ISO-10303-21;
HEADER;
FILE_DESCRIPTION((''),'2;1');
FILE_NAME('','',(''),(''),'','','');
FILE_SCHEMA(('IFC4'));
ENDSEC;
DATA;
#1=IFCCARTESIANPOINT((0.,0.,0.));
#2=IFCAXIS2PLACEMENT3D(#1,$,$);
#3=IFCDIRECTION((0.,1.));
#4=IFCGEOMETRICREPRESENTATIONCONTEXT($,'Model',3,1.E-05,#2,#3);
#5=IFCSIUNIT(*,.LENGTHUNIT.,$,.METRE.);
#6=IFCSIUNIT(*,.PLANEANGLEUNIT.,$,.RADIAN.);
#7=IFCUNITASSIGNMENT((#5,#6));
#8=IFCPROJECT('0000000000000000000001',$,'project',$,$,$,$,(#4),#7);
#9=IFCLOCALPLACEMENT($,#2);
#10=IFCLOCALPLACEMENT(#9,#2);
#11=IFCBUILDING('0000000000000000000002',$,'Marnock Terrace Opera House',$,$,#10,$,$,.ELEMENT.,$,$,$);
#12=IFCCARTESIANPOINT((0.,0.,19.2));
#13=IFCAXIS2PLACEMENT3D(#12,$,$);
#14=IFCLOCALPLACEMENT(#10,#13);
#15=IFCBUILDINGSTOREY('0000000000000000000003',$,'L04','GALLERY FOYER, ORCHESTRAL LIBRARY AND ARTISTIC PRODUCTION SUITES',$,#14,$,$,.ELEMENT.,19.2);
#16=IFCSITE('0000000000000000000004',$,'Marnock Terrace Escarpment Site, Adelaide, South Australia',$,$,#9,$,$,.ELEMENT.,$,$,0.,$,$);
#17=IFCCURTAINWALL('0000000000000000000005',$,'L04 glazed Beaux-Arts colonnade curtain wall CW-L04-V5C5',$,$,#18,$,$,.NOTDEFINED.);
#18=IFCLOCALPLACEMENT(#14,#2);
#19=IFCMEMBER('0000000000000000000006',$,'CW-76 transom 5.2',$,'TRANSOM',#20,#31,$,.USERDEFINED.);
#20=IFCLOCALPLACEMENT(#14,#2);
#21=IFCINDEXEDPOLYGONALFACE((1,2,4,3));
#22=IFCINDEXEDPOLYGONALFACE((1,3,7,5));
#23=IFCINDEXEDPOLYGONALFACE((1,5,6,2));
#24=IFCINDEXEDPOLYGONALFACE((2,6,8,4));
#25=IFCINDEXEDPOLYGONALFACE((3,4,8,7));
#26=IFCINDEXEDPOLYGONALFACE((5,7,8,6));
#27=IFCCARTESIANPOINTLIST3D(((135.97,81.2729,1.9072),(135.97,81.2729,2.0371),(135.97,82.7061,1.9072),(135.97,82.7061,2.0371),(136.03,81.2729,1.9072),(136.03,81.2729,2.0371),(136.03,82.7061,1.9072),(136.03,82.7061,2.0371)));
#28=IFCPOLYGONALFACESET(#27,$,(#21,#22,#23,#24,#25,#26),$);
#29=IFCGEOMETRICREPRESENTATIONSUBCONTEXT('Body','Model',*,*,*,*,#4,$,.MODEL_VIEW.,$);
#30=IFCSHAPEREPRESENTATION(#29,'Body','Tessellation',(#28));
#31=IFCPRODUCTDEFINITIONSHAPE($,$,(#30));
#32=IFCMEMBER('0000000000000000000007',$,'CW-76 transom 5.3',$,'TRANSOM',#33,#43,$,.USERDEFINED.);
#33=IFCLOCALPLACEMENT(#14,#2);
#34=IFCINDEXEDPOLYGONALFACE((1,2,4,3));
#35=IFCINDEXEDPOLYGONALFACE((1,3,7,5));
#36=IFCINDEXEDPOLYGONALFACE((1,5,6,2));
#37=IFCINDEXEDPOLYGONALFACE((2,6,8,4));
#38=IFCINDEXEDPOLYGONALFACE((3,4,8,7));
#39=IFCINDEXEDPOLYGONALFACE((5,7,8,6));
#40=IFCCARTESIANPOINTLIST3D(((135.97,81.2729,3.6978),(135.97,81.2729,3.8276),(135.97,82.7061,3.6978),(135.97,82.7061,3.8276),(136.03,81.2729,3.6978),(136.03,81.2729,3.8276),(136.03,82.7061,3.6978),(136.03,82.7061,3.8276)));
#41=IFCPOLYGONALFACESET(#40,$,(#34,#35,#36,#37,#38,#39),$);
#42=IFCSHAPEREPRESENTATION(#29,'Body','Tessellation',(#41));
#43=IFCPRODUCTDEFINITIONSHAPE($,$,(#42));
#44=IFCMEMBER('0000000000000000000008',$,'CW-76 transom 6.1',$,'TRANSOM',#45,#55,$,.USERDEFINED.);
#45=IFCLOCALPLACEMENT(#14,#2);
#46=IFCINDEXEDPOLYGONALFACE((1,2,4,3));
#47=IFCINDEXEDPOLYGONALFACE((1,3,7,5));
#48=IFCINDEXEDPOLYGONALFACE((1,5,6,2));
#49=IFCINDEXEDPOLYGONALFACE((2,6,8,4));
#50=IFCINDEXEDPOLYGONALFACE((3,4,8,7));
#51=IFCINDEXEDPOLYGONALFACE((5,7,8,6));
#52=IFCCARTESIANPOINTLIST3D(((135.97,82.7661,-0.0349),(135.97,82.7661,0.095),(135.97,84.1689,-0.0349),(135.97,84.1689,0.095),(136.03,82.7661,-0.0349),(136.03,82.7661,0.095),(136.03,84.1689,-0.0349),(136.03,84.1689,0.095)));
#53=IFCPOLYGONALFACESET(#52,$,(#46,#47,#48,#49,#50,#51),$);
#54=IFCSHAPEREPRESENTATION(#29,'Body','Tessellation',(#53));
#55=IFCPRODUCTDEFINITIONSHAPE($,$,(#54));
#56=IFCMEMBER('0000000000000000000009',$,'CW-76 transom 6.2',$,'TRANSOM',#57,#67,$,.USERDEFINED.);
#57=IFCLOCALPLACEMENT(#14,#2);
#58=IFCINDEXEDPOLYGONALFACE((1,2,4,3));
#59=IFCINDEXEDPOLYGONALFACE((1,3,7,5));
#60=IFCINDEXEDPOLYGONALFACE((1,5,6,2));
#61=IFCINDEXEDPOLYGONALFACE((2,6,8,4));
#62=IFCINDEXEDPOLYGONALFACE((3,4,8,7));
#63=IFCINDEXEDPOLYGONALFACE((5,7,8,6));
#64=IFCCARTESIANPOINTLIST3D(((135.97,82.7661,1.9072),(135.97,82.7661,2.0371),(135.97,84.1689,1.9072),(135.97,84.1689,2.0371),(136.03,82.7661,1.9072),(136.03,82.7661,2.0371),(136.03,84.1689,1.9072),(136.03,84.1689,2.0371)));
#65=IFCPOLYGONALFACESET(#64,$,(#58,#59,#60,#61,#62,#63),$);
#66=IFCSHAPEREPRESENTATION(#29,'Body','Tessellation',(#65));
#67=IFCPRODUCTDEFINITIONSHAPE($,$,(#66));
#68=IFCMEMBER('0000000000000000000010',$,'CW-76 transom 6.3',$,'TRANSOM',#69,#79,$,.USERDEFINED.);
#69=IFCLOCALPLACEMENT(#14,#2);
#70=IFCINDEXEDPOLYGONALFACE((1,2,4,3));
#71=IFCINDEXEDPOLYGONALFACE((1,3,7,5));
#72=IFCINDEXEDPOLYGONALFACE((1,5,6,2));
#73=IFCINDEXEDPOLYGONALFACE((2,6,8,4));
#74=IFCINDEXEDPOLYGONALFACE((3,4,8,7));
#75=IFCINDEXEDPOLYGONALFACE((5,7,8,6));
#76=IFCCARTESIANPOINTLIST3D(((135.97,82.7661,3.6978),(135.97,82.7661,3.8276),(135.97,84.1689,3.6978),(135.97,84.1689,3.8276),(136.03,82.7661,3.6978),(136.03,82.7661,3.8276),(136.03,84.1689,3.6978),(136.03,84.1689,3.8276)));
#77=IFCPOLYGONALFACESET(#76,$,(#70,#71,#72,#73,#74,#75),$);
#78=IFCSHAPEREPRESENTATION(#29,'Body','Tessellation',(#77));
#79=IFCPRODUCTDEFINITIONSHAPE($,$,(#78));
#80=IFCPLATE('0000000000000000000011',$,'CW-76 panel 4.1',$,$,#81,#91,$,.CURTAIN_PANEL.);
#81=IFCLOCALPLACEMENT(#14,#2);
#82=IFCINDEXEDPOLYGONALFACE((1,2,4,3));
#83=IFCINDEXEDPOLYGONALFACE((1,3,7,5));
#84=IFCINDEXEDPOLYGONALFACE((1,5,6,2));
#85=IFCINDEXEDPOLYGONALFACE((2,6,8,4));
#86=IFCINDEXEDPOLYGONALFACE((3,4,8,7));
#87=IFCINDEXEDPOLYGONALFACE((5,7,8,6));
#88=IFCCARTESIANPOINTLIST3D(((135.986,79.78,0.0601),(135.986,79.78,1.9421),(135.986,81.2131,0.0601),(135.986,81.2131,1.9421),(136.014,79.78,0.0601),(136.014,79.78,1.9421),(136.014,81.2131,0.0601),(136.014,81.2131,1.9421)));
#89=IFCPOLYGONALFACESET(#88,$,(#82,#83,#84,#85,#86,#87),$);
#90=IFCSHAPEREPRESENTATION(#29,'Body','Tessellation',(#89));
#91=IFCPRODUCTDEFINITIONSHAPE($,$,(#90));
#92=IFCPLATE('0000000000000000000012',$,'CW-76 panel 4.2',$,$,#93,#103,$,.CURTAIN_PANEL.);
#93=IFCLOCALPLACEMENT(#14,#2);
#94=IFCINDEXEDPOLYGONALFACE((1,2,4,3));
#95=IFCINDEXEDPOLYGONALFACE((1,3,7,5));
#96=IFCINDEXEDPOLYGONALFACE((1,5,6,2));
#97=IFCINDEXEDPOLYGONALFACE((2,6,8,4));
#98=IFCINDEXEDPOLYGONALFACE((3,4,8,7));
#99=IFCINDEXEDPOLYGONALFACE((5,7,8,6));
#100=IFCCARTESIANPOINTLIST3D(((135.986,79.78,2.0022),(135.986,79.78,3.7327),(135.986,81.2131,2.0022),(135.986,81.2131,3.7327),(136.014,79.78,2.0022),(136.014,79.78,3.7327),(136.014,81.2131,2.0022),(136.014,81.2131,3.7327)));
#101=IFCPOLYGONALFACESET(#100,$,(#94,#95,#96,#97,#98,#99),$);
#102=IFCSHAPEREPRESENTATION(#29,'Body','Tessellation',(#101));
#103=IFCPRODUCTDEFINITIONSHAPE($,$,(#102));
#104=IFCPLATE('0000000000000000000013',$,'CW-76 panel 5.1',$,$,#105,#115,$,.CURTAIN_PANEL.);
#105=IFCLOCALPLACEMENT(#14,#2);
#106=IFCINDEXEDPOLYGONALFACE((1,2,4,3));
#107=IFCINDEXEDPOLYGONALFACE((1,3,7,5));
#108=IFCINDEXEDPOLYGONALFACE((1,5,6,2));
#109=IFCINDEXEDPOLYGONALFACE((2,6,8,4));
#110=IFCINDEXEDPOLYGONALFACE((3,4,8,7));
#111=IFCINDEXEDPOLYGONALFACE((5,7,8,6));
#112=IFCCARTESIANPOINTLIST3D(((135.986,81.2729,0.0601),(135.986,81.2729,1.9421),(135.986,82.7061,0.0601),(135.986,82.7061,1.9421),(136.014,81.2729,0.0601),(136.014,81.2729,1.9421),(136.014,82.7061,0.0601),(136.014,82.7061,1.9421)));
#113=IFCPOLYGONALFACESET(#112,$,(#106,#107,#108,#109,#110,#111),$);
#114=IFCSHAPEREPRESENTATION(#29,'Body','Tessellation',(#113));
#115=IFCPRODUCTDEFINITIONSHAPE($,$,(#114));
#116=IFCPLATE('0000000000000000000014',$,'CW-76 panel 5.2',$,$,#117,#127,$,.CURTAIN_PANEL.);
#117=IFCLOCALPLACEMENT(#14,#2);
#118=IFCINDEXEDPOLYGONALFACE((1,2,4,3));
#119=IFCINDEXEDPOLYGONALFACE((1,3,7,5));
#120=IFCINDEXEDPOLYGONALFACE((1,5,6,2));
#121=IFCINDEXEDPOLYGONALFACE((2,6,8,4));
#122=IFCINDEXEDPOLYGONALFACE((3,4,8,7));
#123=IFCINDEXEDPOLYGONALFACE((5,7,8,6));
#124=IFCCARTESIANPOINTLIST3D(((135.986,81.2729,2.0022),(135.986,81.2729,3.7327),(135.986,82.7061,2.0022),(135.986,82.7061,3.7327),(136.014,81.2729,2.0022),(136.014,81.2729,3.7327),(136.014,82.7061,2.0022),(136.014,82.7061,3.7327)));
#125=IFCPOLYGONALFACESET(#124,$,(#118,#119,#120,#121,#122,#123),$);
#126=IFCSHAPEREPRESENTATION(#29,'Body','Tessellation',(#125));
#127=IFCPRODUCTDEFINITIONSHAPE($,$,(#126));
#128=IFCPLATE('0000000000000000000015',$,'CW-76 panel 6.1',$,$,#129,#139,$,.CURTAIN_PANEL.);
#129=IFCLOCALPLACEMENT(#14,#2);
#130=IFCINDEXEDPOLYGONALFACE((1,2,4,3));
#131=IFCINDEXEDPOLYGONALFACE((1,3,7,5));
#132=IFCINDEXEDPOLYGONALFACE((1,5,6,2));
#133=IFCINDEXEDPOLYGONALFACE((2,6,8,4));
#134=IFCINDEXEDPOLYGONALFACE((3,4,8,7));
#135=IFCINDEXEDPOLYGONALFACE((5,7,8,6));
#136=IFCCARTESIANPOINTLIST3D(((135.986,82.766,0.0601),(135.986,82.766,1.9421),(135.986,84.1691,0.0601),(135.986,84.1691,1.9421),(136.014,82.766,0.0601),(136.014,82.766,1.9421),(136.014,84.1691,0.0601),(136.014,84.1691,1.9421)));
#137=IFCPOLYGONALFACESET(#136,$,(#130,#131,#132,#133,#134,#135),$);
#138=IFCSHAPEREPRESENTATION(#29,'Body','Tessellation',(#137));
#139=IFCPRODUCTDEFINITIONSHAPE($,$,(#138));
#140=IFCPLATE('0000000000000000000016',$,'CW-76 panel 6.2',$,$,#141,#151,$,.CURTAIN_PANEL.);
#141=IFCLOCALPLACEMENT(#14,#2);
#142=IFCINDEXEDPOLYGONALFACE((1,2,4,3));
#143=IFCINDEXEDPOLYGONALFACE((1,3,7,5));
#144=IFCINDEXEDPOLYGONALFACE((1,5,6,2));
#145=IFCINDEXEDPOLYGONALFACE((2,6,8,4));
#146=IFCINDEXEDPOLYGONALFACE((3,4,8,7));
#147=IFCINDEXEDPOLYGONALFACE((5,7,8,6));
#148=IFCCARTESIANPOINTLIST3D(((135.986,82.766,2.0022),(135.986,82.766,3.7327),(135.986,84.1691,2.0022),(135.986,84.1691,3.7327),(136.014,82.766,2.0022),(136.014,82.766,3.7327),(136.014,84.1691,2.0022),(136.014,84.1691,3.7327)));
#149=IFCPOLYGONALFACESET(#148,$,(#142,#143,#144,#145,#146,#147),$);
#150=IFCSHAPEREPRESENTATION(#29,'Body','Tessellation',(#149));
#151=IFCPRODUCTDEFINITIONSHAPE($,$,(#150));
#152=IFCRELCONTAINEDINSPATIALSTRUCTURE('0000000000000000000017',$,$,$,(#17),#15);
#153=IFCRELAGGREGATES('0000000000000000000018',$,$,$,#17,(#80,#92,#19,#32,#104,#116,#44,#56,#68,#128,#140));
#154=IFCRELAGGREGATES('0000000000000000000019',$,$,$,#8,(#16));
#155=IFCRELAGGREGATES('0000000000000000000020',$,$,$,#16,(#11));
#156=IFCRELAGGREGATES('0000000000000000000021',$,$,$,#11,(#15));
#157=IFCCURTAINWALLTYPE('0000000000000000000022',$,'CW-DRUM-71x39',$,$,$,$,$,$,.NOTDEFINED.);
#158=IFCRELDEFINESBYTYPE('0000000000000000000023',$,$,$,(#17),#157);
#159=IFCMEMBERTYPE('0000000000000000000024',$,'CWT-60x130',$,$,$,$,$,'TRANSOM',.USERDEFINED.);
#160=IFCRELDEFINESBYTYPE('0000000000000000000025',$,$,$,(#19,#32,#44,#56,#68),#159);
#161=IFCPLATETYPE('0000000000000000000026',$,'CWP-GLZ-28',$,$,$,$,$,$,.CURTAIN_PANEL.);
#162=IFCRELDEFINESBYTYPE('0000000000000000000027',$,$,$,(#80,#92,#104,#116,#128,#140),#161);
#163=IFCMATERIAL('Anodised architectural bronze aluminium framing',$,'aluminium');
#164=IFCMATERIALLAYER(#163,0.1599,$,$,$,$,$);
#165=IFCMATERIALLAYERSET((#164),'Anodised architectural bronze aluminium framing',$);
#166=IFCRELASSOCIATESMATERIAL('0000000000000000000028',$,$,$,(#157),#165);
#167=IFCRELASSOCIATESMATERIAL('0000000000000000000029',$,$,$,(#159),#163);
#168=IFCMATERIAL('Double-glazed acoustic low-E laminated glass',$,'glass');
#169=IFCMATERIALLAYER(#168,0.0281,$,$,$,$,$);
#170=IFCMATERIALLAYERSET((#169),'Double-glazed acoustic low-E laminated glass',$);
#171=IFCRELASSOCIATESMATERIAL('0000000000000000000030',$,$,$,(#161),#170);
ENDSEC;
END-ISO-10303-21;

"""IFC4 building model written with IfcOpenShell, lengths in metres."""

from ifc_helpers import new_model, si_unit, direction, frame, origin, origin_2d, place, context, subcontext, project, spatial, rectangle, extrude, material, layer, layer_set, material_profile, profile_set, type_object, element, aggregate, save


model = new_model("IFC4")

# Units and contexts
model_context = context("Model", 3, precision=1e-05, world=origin(), true_north=direction((0.0, 1.0)))
body_context = subcontext(model_context, "Body", "Model", "MODEL_VIEW")
ifc_project = project(units=[si_unit("LENGTHUNIT", "METRE"), si_unit("PLANEANGLEUNIT", "RADIAN")], contexts=[model_context])

# Site, building, storey
site_placement = place(None, origin())
site = spatial("IfcSite", under=ifc_project, at=site_placement, Name="Marnock Terrace Escarpment Site, Adelaide, South Australia", CompositionType="ELEMENT", RefElevation=0.0)
building_placement = place(site_placement, origin())
building = spatial("IfcBuilding", under=site, at=building_placement, Name="Marnock Terrace Opera House", CompositionType="ELEMENT")
storey_placement = place(building_placement, frame((0.0, 0.0, 19.2)))
storey = spatial("IfcBuildingStorey", under=building, at=storey_placement, Name="L04", Description="GALLERY FOYER, ORCHESTRAL LIBRARY AND ARTISTIC PRODUCTION SUITES", CompositionType="ELEMENT", Elevation=19.2)

# Curtain wall, members, plates
ifc_material_1 = material(Name="Anodised architectural bronze aluminium framing", Category="aluminium")
ifc_layer_1 = layer(ifc_material_1, 0.1599)
ifc_layer_set_1 = layer_set([ifc_layer_1], Name="Anodised architectural bronze aluminium framing")
curtain_wall_type = type_object("IfcCurtainWallType", Name="CW-DRUM-71x39", PredefinedType="NOTDEFINED", material=ifc_layer_set_1)
curtain_wall_placement = place(storey_placement, origin())
curtain_wall = element("IfcCurtainWall", 1, at=curtain_wall_placement, inside=storey, type_object=curtain_wall_type, Name="L04 glazed Beaux-Arts colonnade curtain wall CW-L04-V5C5", PredefinedType="NOTDEFINED")
ifc_material_profile_1 = material_profile(ifc_material_1, rectangle(XDim=0.0601, YDim=0.1299, at=origin_2d()))
ifc_profile_set_1 = profile_set([ifc_material_profile_1], Name="Anodised architectural bronze aluminium framing")
member_type_1 = type_object("IfcMemberType", Name="CWT-60x130", ElementType="TRANSOM", PredefinedType="USERDEFINED", material=ifc_profile_set_1)
member_1_placement = place(storey_placement, frame((136.0, 81.2729, 1.9722), z_axis=(0.0, 1.0, 0.0), x_axis=(-1.0, 0.0, 0.0)))
member_1 = element("IfcMember", 2, at=member_1_placement, type_object=member_type_1, Name="CW-76 transom 5.2", ObjectType="TRANSOM", PredefinedType="USERDEFINED", context=body_context, shape_type="SweptSolid", body=[
    extrude(rectangle(XDim=0.0601, YDim=0.1299, at=origin_2d()), origin(), (0.0, 0.0, 1.0), 1.4331),
])
member_2_placement = place(storey_placement, frame((136.0, 81.2729, 3.7627), z_axis=(0.0, 1.0, 0.0), x_axis=(-1.0, 0.0, 0.0)))
member_2 = element("IfcMember", 3, at=member_2_placement, type_object=member_type_1, Name="CW-76 transom 5.3", ObjectType="TRANSOM", PredefinedType="USERDEFINED", context=body_context, shape_type="SweptSolid", body=[
    extrude(rectangle(XDim=0.0601, YDim=0.1299, at=origin_2d()), origin(), (0.0, 0.0, 1.0), 1.4331),
])
member_3_placement = place(storey_placement, frame((136.0, 82.7661, 0.03), z_axis=(0.0, 1.0, 0.0), x_axis=(-1.0, 0.0, 0.0)))
member_3 = element("IfcMember", 4, at=member_3_placement, type_object=member_type_1, Name="CW-76 transom 6.1", ObjectType="TRANSOM", PredefinedType="USERDEFINED", context=body_context, shape_type="SweptSolid", body=[
    extrude(rectangle(XDim=0.0601, YDim=0.1299, at=origin_2d()), origin(), (0.0, 0.0, 1.0), 1.4028),
])
member_4_placement = place(storey_placement, frame((136.0, 82.7661, 1.9722), z_axis=(0.0, 1.0, 0.0), x_axis=(-1.0, 0.0, 0.0)))
member_4 = element("IfcMember", 5, at=member_4_placement, type_object=member_type_1, Name="CW-76 transom 6.2", ObjectType="TRANSOM", PredefinedType="USERDEFINED", context=body_context, shape_type="SweptSolid", body=[
    extrude(rectangle(XDim=0.0601, YDim=0.1299, at=origin_2d()), origin(), (0.0, 0.0, 1.0), 1.4028),
])
member_5_placement = place(storey_placement, frame((136.0, 82.7661, 3.7627), z_axis=(0.0, 1.0, 0.0), x_axis=(-1.0, 0.0, 0.0)))
member_5 = element("IfcMember", 6, at=member_5_placement, type_object=member_type_1, Name="CW-76 transom 6.3", ObjectType="TRANSOM", PredefinedType="USERDEFINED", context=body_context, shape_type="SweptSolid", body=[
    extrude(rectangle(XDim=0.0601, YDim=0.1299, at=origin_2d()), origin(), (0.0, 0.0, 1.0), 1.4028),
])
ifc_material_2 = material(Name="Double-glazed acoustic low-E laminated glass", Category="glass")
ifc_layer_2 = layer(ifc_material_2, 0.0281)
ifc_layer_set_2 = layer_set([ifc_layer_2], Name="Double-glazed acoustic low-E laminated glass")
plate_type = type_object("IfcPlateType", Name="CWP-GLZ-28", PredefinedType="CURTAIN_PANEL", material=ifc_layer_set_2)
plate_1_placement = place(storey_placement, frame((136.0, 80.4966, 0.0601), z_axis=(0.0, 0.0, 1.0), x_axis=(0.0, 1.0, 0.0)))
plate_1 = element("IfcPlate", 7, at=plate_1_placement, type_object=plate_type, Name="CW-76 panel 4.1", PredefinedType="CURTAIN_PANEL", context=body_context, shape_type="SweptSolid", body=[
    extrude(rectangle(XDim=1.4331, YDim=0.0281, at=origin_2d()), origin(), (0.0, 0.0, 1.0), 1.8821),
])
plate_2_placement = place(storey_placement, frame((136.0, 80.4966, 2.0022), z_axis=(0.0, 0.0, 1.0), x_axis=(0.0, 1.0, 0.0)))
plate_2 = element("IfcPlate", 8, at=plate_2_placement, type_object=plate_type, Name="CW-76 panel 4.2", PredefinedType="CURTAIN_PANEL", context=body_context, shape_type="SweptSolid", body=[
    extrude(rectangle(XDim=1.4331, YDim=0.0281, at=origin_2d()), origin(), (0.0, 0.0, 1.0), 1.7305),
])
plate_3_placement = place(storey_placement, frame((136.0, 81.9895, 0.0601), z_axis=(0.0, 0.0, 1.0), x_axis=(0.0, 1.0, 0.0)))
plate_3 = element("IfcPlate", 9, at=plate_3_placement, type_object=plate_type, Name="CW-76 panel 5.1", PredefinedType="CURTAIN_PANEL", context=body_context, shape_type="SweptSolid", body=[
    extrude(rectangle(XDim=1.4331, YDim=0.0281, at=origin_2d()), origin(), (0.0, 0.0, 1.0), 1.8821),
])
plate_4_placement = place(storey_placement, frame((136.0, 81.9895, 2.0022), z_axis=(0.0, 0.0, 1.0), x_axis=(0.0, 1.0, 0.0)))
plate_4 = element("IfcPlate", 10, at=plate_4_placement, type_object=plate_type, Name="CW-76 panel 5.2", PredefinedType="CURTAIN_PANEL", context=body_context, shape_type="SweptSolid", body=[
    extrude(rectangle(XDim=1.4331, YDim=0.0281, at=origin_2d()), origin(), (0.0, 0.0, 1.0), 1.7305),
])
plate_5_placement = place(storey_placement, frame((136.0, 83.4675, 0.0601), z_axis=(0.0, 0.0, 1.0), x_axis=(0.0, 1.0, 0.0)))
plate_5 = element("IfcPlate", 11, at=plate_5_placement, type_object=plate_type, Name="CW-76 panel 6.1", PredefinedType="CURTAIN_PANEL", context=body_context, shape_type="SweptSolid", body=[
    extrude(rectangle(XDim=1.4031, YDim=0.0281, at=origin_2d()), origin(), (0.0, 0.0, 1.0), 1.8821),
])
plate_6_placement = place(storey_placement, frame((136.0, 83.4675, 2.0022), z_axis=(0.0, 0.0, 1.0), x_axis=(0.0, 1.0, 0.0)))
plate_6 = element("IfcPlate", 12, at=plate_6_placement, type_object=plate_type, Name="CW-76 panel 6.2", PredefinedType="CURTAIN_PANEL", context=body_context, shape_type="SweptSolid", body=[
    extrude(rectangle(XDim=1.4031, YDim=0.0281, at=origin_2d()), origin(), (0.0, 0.0, 1.0), 1.7305),
])
aggregate(curtain_wall, [plate_1, plate_2, member_1, member_2, plate_3, plate_4, member_3, member_4, member_5, plate_5, plate_6])

save(model, "model.ifc")
